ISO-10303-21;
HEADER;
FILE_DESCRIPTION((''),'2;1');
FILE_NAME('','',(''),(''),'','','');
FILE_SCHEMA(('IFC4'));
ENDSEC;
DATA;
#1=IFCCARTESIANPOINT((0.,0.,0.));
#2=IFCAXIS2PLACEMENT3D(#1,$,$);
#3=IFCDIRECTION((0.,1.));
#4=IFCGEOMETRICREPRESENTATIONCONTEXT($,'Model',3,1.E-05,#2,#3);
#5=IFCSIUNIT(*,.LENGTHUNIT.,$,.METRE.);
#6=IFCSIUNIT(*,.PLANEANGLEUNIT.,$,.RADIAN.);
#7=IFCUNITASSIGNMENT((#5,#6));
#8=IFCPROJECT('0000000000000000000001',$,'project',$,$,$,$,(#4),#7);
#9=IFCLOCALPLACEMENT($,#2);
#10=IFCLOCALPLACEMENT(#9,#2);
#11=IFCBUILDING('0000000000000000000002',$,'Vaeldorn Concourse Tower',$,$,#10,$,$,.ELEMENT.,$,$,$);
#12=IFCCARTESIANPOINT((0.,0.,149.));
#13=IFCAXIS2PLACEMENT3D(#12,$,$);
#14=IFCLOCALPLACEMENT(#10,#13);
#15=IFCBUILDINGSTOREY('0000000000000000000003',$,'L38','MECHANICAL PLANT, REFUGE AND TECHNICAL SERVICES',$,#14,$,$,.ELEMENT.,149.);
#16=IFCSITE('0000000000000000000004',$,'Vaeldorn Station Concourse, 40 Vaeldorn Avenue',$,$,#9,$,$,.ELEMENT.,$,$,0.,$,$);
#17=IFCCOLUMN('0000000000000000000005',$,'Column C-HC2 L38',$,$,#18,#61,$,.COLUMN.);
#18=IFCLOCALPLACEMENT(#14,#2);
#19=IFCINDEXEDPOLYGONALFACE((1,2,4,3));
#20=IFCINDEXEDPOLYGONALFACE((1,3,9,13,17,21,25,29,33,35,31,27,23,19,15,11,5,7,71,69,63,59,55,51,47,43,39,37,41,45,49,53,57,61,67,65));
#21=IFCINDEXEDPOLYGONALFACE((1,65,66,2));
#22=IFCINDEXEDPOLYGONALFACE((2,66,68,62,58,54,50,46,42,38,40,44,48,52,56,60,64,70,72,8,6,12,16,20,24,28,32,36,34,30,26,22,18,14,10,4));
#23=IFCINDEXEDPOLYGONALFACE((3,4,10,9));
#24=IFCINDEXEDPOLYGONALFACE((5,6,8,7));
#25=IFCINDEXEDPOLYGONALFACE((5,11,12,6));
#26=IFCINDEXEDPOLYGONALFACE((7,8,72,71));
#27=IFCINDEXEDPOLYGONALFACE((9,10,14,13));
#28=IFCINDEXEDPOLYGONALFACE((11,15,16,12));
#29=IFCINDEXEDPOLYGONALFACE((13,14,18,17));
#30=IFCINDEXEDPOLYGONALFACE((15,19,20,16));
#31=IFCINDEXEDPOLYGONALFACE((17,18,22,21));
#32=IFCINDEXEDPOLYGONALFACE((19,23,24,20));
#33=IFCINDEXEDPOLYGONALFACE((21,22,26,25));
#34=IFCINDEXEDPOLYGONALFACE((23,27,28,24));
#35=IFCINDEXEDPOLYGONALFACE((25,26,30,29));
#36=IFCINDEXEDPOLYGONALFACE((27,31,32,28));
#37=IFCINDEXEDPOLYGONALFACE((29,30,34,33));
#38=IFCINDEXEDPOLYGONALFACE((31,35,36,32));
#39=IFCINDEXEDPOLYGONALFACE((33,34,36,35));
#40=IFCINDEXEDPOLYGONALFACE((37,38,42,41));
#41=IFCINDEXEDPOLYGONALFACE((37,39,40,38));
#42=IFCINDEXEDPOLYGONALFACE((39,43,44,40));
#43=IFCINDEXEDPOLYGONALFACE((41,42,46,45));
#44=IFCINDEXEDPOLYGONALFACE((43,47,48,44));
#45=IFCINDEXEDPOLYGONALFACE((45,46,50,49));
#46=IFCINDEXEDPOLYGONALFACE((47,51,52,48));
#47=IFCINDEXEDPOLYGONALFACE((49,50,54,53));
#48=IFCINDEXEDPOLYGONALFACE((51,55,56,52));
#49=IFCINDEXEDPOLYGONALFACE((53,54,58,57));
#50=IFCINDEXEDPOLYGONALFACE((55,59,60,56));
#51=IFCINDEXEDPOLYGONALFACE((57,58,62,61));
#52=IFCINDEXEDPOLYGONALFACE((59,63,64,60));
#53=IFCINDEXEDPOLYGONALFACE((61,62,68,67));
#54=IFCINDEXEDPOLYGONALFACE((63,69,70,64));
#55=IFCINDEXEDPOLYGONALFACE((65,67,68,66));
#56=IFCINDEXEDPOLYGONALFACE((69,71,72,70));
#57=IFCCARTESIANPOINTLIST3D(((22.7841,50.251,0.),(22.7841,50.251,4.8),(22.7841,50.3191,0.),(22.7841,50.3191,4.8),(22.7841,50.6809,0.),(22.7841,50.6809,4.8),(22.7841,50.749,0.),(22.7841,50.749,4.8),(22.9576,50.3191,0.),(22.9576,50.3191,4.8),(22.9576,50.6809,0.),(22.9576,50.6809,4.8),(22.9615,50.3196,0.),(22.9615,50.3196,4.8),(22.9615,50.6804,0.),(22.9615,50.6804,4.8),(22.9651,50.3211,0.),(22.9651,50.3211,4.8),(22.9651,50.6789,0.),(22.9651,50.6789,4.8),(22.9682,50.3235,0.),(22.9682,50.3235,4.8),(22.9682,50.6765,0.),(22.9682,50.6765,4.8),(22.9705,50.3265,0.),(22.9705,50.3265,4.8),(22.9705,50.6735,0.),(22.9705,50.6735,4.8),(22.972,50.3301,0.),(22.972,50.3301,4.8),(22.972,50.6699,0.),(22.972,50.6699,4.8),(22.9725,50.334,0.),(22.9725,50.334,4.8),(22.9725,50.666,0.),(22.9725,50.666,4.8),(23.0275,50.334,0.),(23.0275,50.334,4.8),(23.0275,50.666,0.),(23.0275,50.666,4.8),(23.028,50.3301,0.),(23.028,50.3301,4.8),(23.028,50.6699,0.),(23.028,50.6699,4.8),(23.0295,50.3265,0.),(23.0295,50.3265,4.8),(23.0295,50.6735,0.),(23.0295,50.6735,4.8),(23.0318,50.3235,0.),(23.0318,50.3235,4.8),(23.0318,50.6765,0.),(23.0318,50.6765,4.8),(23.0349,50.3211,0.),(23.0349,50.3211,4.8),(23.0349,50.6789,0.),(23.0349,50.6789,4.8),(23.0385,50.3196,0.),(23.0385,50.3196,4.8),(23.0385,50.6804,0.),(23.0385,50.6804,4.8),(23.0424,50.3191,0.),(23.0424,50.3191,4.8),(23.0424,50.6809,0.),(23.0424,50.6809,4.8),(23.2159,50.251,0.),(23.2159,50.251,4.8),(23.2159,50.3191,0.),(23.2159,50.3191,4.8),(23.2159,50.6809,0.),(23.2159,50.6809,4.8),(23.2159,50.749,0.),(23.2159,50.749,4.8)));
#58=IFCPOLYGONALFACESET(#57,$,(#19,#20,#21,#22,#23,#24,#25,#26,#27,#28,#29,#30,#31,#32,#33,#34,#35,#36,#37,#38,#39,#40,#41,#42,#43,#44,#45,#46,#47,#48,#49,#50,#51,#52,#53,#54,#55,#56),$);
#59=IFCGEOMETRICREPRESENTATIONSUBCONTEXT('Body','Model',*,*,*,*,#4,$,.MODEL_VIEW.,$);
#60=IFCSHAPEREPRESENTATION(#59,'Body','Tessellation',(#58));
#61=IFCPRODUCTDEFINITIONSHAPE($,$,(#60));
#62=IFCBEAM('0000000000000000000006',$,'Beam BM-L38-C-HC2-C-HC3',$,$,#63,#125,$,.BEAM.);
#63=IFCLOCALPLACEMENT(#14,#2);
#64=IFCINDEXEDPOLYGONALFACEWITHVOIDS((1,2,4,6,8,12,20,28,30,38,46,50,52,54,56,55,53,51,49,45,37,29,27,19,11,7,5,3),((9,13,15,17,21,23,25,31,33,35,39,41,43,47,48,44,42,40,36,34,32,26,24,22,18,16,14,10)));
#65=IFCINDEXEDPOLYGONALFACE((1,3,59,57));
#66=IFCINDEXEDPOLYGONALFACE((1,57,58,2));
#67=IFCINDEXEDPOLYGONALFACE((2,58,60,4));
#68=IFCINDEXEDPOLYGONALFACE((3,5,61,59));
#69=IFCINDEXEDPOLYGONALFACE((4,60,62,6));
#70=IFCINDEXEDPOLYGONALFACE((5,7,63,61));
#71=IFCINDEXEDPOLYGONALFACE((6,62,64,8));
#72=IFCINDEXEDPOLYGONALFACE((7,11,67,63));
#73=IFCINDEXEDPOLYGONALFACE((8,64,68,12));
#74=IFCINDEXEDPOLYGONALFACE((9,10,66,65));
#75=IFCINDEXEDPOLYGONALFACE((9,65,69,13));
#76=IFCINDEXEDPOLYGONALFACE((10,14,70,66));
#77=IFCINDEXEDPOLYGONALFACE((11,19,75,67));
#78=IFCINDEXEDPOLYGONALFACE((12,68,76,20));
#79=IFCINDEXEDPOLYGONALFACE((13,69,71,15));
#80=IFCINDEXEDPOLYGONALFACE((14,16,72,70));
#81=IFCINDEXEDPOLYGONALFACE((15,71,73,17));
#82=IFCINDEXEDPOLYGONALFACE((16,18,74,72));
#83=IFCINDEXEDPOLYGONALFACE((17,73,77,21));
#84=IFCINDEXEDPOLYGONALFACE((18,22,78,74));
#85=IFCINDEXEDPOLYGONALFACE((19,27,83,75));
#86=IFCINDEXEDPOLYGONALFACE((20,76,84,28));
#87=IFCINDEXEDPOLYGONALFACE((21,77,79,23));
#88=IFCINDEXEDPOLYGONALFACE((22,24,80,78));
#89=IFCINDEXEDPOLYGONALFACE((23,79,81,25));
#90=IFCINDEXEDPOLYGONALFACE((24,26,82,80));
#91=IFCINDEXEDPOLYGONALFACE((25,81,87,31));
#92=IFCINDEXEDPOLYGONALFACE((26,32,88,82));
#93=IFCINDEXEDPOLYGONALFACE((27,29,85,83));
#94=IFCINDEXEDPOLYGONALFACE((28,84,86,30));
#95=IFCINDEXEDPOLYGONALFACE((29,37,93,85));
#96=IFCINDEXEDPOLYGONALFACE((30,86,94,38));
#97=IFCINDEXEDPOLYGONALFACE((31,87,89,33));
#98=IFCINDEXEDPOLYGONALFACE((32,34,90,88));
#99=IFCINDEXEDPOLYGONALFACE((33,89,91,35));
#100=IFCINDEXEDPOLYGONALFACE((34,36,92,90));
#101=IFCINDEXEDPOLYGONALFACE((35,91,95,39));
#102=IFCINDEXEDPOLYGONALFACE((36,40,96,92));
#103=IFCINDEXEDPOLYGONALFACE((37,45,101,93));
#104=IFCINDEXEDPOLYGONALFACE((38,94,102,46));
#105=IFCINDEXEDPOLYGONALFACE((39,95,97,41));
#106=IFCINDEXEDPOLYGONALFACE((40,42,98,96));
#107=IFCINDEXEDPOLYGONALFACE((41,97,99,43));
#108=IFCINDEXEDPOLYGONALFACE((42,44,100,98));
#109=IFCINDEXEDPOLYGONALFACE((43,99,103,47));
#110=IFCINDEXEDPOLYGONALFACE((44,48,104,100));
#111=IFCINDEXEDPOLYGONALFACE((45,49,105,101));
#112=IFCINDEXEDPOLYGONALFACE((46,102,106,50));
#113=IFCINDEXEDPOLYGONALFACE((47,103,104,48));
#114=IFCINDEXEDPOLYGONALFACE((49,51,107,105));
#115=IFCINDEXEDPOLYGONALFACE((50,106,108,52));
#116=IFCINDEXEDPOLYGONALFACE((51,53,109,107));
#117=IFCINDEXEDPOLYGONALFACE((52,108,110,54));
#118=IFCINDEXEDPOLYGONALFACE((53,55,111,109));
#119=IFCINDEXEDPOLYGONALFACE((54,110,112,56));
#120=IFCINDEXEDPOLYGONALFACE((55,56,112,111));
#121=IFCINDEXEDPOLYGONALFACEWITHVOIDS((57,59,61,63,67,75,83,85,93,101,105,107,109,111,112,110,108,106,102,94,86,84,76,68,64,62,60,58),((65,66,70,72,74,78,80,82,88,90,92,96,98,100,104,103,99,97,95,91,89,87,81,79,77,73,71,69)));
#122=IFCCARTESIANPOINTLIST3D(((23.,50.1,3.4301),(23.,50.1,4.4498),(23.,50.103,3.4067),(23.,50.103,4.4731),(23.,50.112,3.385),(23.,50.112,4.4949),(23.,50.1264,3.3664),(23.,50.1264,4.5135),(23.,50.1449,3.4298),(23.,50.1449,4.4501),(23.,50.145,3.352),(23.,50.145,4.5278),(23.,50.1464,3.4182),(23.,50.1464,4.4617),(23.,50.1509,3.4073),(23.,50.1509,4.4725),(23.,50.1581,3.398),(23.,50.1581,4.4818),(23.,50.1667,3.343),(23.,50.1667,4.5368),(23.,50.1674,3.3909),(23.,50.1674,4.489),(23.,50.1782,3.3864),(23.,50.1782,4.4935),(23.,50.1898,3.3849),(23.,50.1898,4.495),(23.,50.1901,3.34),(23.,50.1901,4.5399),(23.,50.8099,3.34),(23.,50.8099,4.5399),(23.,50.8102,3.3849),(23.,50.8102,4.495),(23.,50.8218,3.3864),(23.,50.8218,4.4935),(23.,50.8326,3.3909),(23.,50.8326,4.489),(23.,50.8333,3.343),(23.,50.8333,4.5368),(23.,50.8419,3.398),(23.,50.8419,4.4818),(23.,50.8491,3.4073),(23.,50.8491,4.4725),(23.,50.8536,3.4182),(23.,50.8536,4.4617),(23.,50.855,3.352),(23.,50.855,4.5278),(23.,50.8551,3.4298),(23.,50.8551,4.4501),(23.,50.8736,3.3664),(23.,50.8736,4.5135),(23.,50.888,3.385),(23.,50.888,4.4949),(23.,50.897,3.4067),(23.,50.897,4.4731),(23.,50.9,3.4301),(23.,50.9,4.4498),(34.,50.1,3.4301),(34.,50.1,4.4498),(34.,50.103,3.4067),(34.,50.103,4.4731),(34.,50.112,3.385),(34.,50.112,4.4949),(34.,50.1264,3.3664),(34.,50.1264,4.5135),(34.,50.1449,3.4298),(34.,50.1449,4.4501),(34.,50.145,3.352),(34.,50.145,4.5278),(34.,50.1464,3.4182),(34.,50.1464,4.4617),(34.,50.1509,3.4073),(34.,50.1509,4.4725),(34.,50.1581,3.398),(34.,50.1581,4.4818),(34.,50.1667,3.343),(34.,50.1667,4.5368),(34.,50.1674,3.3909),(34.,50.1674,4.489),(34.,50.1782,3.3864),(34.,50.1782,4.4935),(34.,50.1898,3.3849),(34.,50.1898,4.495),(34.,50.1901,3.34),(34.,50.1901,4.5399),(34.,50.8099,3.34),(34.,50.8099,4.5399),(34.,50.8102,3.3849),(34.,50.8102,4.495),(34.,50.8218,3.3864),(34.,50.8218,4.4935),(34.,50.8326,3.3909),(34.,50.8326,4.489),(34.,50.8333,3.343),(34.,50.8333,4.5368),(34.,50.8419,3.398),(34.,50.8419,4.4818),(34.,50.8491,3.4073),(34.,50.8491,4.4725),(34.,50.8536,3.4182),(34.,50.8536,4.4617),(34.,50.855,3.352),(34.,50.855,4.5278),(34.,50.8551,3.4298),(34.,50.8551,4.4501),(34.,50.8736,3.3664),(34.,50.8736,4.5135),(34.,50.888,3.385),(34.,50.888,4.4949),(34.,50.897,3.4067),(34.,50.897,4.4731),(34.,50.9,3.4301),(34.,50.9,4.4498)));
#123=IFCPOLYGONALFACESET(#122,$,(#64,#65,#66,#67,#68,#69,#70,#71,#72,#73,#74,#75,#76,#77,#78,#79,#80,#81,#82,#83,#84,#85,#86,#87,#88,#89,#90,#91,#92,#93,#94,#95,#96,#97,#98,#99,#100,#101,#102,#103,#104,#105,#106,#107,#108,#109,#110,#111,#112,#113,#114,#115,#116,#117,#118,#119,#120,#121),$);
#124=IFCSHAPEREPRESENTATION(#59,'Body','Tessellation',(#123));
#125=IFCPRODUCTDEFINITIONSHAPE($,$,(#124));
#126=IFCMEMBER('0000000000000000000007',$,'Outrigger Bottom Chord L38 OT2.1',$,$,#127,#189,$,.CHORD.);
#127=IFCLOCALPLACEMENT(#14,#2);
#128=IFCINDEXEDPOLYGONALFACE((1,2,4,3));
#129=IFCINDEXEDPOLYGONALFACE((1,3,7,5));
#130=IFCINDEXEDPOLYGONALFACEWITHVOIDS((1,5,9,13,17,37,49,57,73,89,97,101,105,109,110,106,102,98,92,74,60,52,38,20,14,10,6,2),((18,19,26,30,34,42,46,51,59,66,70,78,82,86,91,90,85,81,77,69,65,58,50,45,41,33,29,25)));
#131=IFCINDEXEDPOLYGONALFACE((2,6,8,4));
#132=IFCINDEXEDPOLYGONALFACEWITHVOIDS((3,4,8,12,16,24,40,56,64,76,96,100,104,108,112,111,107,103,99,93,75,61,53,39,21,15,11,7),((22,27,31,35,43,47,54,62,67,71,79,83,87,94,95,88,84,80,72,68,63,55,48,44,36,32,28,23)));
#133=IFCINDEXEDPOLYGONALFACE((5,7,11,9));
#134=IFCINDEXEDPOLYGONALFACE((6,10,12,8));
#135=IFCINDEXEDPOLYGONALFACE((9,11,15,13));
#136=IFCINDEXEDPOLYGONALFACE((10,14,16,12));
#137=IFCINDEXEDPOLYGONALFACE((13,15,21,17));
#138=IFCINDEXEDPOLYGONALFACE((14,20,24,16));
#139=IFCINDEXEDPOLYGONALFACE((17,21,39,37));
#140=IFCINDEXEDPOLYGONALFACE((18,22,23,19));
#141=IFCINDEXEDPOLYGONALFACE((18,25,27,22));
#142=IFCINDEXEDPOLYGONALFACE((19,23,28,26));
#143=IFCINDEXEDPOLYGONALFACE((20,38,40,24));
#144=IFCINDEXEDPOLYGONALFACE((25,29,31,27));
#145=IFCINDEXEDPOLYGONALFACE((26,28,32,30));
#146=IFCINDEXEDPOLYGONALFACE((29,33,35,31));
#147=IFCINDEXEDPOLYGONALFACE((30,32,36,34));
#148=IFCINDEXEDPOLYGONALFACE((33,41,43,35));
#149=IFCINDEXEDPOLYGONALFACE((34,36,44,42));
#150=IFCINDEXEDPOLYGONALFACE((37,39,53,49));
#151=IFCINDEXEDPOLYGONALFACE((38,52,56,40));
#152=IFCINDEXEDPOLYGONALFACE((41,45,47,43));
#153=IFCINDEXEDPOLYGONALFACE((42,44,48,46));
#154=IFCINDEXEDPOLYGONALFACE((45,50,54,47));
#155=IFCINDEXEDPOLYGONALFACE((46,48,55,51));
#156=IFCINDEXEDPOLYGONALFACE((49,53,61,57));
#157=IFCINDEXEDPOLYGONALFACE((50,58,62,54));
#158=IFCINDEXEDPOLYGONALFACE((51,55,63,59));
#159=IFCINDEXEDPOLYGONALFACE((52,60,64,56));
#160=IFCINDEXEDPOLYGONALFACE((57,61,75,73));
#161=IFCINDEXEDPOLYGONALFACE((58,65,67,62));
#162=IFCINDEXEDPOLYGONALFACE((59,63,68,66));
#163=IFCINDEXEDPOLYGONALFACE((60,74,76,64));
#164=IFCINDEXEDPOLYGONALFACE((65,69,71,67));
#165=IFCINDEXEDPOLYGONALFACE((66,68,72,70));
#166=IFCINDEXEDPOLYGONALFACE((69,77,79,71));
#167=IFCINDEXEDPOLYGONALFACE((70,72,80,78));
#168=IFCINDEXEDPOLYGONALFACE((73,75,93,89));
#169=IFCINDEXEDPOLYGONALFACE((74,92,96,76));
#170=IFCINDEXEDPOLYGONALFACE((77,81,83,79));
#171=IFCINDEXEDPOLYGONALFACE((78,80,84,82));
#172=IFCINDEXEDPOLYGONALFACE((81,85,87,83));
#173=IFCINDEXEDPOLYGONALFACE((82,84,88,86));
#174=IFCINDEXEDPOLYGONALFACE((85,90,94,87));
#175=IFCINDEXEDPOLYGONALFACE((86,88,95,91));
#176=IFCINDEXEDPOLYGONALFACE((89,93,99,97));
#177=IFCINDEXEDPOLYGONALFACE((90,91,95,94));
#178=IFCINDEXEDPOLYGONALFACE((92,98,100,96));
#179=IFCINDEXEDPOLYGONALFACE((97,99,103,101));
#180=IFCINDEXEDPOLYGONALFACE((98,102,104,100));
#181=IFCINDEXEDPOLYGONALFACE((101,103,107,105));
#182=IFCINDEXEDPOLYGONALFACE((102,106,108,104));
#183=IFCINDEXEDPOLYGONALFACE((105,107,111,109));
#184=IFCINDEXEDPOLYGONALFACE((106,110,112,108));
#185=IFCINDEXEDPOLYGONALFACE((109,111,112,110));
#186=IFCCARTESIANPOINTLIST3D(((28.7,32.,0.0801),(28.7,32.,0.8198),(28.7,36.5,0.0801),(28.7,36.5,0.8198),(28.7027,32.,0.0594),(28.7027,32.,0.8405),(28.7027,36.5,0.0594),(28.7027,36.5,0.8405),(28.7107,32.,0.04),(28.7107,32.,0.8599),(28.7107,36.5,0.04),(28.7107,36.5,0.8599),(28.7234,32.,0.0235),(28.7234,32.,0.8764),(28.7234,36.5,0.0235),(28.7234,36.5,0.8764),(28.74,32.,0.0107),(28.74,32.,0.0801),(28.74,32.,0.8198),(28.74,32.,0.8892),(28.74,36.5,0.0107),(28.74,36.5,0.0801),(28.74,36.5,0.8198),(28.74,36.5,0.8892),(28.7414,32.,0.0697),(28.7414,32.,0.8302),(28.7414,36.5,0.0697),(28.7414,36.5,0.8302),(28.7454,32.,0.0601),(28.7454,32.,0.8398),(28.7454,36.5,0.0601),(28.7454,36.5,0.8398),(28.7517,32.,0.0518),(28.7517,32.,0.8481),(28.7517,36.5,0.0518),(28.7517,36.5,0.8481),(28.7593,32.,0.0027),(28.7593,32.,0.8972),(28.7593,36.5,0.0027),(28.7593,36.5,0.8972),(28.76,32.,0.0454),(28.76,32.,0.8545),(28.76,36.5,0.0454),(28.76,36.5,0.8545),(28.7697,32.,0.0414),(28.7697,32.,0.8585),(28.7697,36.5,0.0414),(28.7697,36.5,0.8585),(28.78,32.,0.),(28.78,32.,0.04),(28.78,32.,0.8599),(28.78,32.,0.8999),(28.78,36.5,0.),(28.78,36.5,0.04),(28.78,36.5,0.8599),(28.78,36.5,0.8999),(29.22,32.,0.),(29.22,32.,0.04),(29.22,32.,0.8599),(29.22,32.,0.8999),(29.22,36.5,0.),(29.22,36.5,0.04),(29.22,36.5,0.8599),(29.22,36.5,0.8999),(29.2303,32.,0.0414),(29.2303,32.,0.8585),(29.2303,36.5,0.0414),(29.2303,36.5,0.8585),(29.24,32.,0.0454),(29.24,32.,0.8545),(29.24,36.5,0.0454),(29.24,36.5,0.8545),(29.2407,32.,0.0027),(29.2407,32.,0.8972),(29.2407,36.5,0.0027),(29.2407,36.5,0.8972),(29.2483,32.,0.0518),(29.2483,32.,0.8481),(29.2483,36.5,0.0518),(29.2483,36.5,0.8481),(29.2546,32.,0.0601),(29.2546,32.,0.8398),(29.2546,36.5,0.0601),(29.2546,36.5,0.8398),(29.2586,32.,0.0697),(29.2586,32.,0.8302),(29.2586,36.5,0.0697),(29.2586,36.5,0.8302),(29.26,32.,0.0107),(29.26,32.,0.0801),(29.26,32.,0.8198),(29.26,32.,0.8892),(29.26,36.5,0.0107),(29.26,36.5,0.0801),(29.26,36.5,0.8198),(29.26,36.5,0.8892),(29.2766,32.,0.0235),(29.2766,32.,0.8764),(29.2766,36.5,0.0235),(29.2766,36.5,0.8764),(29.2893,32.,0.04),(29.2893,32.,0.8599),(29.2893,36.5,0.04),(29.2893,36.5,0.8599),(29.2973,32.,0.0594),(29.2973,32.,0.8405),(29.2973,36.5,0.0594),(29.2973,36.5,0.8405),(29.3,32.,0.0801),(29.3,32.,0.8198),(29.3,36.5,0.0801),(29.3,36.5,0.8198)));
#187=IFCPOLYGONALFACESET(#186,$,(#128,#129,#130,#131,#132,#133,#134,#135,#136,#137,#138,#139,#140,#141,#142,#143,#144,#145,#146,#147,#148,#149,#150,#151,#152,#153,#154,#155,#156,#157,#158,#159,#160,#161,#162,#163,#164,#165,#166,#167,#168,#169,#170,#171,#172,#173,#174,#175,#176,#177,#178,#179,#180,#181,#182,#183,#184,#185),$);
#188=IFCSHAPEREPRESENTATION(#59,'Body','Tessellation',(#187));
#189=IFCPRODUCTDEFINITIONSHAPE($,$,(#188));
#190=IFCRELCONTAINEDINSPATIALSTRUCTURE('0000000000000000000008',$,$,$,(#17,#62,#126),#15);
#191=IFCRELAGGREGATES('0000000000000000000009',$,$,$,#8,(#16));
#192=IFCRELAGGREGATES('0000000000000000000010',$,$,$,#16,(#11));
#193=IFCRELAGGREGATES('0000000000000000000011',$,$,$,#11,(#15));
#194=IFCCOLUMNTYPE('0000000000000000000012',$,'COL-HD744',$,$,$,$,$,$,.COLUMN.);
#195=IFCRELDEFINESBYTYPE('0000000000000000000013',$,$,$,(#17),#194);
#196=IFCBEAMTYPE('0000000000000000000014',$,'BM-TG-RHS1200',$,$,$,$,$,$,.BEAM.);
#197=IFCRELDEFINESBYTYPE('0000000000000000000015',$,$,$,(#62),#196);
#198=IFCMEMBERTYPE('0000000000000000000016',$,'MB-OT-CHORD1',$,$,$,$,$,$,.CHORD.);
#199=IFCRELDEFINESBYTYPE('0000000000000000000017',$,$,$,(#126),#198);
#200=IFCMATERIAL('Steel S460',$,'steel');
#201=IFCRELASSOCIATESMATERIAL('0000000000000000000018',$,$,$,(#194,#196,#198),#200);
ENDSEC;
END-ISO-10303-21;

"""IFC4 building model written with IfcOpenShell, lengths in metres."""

from ifc_helpers import new_model, si_unit, direction, frame, origin, origin_2d, place, context, subcontext, project, spatial, hollow_rectangle, i_section, extrude, source, transform, mapped, material, material_profile, profile_set, type_object, element, save


model = new_model("IFC4")

# Units and contexts
model_context = context("Model", 3, precision=1e-05, world=origin(), true_north=direction((0.0, 1.0)))
body_context = subcontext(model_context, "Body", "Model", "MODEL_VIEW")
ifc_project = project(units=[si_unit("LENGTHUNIT", "METRE"), si_unit("PLANEANGLEUNIT", "RADIAN")], contexts=[model_context])

# Site, building, storey
site_placement = place(None, origin())
site = spatial("IfcSite", under=ifc_project, at=site_placement, Name="Vaeldorn Station Concourse, 40 Vaeldorn Avenue", CompositionType="ELEMENT", RefElevation=0.0)
building_placement = place(site_placement, origin())
building = spatial("IfcBuilding", under=site, at=building_placement, Name="Vaeldorn Concourse Tower", CompositionType="ELEMENT")
storey_placement = place(building_placement, frame((0.0, 0.0, 149.0)))
storey = spatial("IfcBuildingStorey", under=building, at=storey_placement, Name="L38", Description="MECHANICAL PLANT, REFUGE AND TECHNICAL SERVICES", CompositionType="ELEMENT", Elevation=149.0)

# Column
ifc_material_1 = material(Name="Steel S460", Category="steel")
ifc_material_profile_1 = material_profile(ifc_material_1, i_section(OverallWidth=0.4319, OverallDepth=0.498, WebThickness=0.0549, FlangeThickness=0.0681, FilletRadius=0.0149, at=origin_2d()), Name="HD 400x744")
ifc_profile_set_1 = profile_set([ifc_material_profile_1], Name="Steel S460")
column_type = type_object("IfcColumnType", Name="COL-HD744", PredefinedType="COLUMN", material=ifc_profile_set_1)
shared_shape_1 = source(origin(), body_context, "Body", "SweptSolid", [
    extrude(i_section(OverallWidth=0.4319, OverallDepth=0.498, WebThickness=0.0549, FlangeThickness=0.0681, FilletRadius=0.0149, at=origin_2d()), origin(), (0.0, 0.0, 1.0), 4.8),
])
column_placement = place(storey_placement, frame((23.0, 50.5, 0.0), z_axis=(0.0, 0.0, 1.0), x_axis=(1.0, 0.0, 0.0)))
element("IfcColumn", 1, at=column_placement, inside=storey, type_object=column_type, Name="Column C-HC2 L38", PredefinedType="COLUMN", context=body_context, shape_type="MappedRepresentation", body=[
    mapped(shared_shape_1, transform((0.0, 0.0, 0.0), scale=1.0)),
])

# Beam
ifc_material_profile_2 = material_profile(ifc_material_1, hollow_rectangle(XDim=0.8, YDim=1.2, WallThickness=0.0449, InnerFilletRadius=0.0449, OuterFilletRadius=0.0901, at=origin_2d()), Name="RHS 1200x800x45")
ifc_profile_set_2 = profile_set([ifc_material_profile_2], Name="Steel S460")
beam_type = type_object("IfcBeamType", Name="BM-TG-RHS1200", PredefinedType="BEAM", material=ifc_profile_set_2)
shared_shape_2 = source(origin(), body_context, "Body", "SweptSolid", [
    extrude(hollow_rectangle(XDim=0.8, YDim=1.2, WallThickness=0.0449, InnerFilletRadius=0.0449, OuterFilletRadius=0.0901, at=origin_2d()), origin(), (0.0, 0.0, 1.0), 11.0),
])
beam_placement = place(storey_placement, frame((23.0, 50.5, 3.9399), z_axis=(1.0, 0.0, 0.0), x_axis=(0.0, 1.0, 0.0)))
element("IfcBeam", 2, at=beam_placement, inside=storey, type_object=beam_type, Name="Beam BM-L38-C-HC2-C-HC3", PredefinedType="BEAM", context=body_context, shape_type="MappedRepresentation", body=[
    mapped(shared_shape_2, transform((0.0, 0.0, 0.0), scale=1.0)),
])

# Member
ifc_material_profile_3 = material_profile(ifc_material_1, hollow_rectangle(XDim=0.6001, YDim=0.8999, WallThickness=0.04, InnerFilletRadius=0.04, OuterFilletRadius=0.0801, at=origin_2d()), Name="RHS 900x600x40")
ifc_profile_set_3 = profile_set([ifc_material_profile_3], Name="Steel S460")
member_type_1 = type_object("IfcMemberType", Name="MB-OT-CHORD1", PredefinedType="CHORD", material=ifc_profile_set_3)
shared_shape_3 = source(origin(), body_context, "Body", "SweptSolid", [
    extrude(hollow_rectangle(XDim=0.6001, YDim=0.8999, WallThickness=0.04, InnerFilletRadius=0.04, OuterFilletRadius=0.0801, at=origin_2d()), origin(), (0.0, 0.0, 1.0), 4.5),
])
member_1_placement = place(storey_placement, frame((29.0, 36.5, 0.45), z_axis=(0.0, -1.0, 0.0), x_axis=(1.0, 0.0, 0.0)))
element("IfcMember", 3, at=member_1_placement, inside=storey, type_object=member_type_1, Name="Outrigger Bottom Chord L38 OT2.1", PredefinedType="CHORD", context=body_context, shape_type="MappedRepresentation", body=[
    mapped(shared_shape_3, transform((0.0, 0.0, 0.0), scale=1.0)),
])

save(model, "model.ifc")
